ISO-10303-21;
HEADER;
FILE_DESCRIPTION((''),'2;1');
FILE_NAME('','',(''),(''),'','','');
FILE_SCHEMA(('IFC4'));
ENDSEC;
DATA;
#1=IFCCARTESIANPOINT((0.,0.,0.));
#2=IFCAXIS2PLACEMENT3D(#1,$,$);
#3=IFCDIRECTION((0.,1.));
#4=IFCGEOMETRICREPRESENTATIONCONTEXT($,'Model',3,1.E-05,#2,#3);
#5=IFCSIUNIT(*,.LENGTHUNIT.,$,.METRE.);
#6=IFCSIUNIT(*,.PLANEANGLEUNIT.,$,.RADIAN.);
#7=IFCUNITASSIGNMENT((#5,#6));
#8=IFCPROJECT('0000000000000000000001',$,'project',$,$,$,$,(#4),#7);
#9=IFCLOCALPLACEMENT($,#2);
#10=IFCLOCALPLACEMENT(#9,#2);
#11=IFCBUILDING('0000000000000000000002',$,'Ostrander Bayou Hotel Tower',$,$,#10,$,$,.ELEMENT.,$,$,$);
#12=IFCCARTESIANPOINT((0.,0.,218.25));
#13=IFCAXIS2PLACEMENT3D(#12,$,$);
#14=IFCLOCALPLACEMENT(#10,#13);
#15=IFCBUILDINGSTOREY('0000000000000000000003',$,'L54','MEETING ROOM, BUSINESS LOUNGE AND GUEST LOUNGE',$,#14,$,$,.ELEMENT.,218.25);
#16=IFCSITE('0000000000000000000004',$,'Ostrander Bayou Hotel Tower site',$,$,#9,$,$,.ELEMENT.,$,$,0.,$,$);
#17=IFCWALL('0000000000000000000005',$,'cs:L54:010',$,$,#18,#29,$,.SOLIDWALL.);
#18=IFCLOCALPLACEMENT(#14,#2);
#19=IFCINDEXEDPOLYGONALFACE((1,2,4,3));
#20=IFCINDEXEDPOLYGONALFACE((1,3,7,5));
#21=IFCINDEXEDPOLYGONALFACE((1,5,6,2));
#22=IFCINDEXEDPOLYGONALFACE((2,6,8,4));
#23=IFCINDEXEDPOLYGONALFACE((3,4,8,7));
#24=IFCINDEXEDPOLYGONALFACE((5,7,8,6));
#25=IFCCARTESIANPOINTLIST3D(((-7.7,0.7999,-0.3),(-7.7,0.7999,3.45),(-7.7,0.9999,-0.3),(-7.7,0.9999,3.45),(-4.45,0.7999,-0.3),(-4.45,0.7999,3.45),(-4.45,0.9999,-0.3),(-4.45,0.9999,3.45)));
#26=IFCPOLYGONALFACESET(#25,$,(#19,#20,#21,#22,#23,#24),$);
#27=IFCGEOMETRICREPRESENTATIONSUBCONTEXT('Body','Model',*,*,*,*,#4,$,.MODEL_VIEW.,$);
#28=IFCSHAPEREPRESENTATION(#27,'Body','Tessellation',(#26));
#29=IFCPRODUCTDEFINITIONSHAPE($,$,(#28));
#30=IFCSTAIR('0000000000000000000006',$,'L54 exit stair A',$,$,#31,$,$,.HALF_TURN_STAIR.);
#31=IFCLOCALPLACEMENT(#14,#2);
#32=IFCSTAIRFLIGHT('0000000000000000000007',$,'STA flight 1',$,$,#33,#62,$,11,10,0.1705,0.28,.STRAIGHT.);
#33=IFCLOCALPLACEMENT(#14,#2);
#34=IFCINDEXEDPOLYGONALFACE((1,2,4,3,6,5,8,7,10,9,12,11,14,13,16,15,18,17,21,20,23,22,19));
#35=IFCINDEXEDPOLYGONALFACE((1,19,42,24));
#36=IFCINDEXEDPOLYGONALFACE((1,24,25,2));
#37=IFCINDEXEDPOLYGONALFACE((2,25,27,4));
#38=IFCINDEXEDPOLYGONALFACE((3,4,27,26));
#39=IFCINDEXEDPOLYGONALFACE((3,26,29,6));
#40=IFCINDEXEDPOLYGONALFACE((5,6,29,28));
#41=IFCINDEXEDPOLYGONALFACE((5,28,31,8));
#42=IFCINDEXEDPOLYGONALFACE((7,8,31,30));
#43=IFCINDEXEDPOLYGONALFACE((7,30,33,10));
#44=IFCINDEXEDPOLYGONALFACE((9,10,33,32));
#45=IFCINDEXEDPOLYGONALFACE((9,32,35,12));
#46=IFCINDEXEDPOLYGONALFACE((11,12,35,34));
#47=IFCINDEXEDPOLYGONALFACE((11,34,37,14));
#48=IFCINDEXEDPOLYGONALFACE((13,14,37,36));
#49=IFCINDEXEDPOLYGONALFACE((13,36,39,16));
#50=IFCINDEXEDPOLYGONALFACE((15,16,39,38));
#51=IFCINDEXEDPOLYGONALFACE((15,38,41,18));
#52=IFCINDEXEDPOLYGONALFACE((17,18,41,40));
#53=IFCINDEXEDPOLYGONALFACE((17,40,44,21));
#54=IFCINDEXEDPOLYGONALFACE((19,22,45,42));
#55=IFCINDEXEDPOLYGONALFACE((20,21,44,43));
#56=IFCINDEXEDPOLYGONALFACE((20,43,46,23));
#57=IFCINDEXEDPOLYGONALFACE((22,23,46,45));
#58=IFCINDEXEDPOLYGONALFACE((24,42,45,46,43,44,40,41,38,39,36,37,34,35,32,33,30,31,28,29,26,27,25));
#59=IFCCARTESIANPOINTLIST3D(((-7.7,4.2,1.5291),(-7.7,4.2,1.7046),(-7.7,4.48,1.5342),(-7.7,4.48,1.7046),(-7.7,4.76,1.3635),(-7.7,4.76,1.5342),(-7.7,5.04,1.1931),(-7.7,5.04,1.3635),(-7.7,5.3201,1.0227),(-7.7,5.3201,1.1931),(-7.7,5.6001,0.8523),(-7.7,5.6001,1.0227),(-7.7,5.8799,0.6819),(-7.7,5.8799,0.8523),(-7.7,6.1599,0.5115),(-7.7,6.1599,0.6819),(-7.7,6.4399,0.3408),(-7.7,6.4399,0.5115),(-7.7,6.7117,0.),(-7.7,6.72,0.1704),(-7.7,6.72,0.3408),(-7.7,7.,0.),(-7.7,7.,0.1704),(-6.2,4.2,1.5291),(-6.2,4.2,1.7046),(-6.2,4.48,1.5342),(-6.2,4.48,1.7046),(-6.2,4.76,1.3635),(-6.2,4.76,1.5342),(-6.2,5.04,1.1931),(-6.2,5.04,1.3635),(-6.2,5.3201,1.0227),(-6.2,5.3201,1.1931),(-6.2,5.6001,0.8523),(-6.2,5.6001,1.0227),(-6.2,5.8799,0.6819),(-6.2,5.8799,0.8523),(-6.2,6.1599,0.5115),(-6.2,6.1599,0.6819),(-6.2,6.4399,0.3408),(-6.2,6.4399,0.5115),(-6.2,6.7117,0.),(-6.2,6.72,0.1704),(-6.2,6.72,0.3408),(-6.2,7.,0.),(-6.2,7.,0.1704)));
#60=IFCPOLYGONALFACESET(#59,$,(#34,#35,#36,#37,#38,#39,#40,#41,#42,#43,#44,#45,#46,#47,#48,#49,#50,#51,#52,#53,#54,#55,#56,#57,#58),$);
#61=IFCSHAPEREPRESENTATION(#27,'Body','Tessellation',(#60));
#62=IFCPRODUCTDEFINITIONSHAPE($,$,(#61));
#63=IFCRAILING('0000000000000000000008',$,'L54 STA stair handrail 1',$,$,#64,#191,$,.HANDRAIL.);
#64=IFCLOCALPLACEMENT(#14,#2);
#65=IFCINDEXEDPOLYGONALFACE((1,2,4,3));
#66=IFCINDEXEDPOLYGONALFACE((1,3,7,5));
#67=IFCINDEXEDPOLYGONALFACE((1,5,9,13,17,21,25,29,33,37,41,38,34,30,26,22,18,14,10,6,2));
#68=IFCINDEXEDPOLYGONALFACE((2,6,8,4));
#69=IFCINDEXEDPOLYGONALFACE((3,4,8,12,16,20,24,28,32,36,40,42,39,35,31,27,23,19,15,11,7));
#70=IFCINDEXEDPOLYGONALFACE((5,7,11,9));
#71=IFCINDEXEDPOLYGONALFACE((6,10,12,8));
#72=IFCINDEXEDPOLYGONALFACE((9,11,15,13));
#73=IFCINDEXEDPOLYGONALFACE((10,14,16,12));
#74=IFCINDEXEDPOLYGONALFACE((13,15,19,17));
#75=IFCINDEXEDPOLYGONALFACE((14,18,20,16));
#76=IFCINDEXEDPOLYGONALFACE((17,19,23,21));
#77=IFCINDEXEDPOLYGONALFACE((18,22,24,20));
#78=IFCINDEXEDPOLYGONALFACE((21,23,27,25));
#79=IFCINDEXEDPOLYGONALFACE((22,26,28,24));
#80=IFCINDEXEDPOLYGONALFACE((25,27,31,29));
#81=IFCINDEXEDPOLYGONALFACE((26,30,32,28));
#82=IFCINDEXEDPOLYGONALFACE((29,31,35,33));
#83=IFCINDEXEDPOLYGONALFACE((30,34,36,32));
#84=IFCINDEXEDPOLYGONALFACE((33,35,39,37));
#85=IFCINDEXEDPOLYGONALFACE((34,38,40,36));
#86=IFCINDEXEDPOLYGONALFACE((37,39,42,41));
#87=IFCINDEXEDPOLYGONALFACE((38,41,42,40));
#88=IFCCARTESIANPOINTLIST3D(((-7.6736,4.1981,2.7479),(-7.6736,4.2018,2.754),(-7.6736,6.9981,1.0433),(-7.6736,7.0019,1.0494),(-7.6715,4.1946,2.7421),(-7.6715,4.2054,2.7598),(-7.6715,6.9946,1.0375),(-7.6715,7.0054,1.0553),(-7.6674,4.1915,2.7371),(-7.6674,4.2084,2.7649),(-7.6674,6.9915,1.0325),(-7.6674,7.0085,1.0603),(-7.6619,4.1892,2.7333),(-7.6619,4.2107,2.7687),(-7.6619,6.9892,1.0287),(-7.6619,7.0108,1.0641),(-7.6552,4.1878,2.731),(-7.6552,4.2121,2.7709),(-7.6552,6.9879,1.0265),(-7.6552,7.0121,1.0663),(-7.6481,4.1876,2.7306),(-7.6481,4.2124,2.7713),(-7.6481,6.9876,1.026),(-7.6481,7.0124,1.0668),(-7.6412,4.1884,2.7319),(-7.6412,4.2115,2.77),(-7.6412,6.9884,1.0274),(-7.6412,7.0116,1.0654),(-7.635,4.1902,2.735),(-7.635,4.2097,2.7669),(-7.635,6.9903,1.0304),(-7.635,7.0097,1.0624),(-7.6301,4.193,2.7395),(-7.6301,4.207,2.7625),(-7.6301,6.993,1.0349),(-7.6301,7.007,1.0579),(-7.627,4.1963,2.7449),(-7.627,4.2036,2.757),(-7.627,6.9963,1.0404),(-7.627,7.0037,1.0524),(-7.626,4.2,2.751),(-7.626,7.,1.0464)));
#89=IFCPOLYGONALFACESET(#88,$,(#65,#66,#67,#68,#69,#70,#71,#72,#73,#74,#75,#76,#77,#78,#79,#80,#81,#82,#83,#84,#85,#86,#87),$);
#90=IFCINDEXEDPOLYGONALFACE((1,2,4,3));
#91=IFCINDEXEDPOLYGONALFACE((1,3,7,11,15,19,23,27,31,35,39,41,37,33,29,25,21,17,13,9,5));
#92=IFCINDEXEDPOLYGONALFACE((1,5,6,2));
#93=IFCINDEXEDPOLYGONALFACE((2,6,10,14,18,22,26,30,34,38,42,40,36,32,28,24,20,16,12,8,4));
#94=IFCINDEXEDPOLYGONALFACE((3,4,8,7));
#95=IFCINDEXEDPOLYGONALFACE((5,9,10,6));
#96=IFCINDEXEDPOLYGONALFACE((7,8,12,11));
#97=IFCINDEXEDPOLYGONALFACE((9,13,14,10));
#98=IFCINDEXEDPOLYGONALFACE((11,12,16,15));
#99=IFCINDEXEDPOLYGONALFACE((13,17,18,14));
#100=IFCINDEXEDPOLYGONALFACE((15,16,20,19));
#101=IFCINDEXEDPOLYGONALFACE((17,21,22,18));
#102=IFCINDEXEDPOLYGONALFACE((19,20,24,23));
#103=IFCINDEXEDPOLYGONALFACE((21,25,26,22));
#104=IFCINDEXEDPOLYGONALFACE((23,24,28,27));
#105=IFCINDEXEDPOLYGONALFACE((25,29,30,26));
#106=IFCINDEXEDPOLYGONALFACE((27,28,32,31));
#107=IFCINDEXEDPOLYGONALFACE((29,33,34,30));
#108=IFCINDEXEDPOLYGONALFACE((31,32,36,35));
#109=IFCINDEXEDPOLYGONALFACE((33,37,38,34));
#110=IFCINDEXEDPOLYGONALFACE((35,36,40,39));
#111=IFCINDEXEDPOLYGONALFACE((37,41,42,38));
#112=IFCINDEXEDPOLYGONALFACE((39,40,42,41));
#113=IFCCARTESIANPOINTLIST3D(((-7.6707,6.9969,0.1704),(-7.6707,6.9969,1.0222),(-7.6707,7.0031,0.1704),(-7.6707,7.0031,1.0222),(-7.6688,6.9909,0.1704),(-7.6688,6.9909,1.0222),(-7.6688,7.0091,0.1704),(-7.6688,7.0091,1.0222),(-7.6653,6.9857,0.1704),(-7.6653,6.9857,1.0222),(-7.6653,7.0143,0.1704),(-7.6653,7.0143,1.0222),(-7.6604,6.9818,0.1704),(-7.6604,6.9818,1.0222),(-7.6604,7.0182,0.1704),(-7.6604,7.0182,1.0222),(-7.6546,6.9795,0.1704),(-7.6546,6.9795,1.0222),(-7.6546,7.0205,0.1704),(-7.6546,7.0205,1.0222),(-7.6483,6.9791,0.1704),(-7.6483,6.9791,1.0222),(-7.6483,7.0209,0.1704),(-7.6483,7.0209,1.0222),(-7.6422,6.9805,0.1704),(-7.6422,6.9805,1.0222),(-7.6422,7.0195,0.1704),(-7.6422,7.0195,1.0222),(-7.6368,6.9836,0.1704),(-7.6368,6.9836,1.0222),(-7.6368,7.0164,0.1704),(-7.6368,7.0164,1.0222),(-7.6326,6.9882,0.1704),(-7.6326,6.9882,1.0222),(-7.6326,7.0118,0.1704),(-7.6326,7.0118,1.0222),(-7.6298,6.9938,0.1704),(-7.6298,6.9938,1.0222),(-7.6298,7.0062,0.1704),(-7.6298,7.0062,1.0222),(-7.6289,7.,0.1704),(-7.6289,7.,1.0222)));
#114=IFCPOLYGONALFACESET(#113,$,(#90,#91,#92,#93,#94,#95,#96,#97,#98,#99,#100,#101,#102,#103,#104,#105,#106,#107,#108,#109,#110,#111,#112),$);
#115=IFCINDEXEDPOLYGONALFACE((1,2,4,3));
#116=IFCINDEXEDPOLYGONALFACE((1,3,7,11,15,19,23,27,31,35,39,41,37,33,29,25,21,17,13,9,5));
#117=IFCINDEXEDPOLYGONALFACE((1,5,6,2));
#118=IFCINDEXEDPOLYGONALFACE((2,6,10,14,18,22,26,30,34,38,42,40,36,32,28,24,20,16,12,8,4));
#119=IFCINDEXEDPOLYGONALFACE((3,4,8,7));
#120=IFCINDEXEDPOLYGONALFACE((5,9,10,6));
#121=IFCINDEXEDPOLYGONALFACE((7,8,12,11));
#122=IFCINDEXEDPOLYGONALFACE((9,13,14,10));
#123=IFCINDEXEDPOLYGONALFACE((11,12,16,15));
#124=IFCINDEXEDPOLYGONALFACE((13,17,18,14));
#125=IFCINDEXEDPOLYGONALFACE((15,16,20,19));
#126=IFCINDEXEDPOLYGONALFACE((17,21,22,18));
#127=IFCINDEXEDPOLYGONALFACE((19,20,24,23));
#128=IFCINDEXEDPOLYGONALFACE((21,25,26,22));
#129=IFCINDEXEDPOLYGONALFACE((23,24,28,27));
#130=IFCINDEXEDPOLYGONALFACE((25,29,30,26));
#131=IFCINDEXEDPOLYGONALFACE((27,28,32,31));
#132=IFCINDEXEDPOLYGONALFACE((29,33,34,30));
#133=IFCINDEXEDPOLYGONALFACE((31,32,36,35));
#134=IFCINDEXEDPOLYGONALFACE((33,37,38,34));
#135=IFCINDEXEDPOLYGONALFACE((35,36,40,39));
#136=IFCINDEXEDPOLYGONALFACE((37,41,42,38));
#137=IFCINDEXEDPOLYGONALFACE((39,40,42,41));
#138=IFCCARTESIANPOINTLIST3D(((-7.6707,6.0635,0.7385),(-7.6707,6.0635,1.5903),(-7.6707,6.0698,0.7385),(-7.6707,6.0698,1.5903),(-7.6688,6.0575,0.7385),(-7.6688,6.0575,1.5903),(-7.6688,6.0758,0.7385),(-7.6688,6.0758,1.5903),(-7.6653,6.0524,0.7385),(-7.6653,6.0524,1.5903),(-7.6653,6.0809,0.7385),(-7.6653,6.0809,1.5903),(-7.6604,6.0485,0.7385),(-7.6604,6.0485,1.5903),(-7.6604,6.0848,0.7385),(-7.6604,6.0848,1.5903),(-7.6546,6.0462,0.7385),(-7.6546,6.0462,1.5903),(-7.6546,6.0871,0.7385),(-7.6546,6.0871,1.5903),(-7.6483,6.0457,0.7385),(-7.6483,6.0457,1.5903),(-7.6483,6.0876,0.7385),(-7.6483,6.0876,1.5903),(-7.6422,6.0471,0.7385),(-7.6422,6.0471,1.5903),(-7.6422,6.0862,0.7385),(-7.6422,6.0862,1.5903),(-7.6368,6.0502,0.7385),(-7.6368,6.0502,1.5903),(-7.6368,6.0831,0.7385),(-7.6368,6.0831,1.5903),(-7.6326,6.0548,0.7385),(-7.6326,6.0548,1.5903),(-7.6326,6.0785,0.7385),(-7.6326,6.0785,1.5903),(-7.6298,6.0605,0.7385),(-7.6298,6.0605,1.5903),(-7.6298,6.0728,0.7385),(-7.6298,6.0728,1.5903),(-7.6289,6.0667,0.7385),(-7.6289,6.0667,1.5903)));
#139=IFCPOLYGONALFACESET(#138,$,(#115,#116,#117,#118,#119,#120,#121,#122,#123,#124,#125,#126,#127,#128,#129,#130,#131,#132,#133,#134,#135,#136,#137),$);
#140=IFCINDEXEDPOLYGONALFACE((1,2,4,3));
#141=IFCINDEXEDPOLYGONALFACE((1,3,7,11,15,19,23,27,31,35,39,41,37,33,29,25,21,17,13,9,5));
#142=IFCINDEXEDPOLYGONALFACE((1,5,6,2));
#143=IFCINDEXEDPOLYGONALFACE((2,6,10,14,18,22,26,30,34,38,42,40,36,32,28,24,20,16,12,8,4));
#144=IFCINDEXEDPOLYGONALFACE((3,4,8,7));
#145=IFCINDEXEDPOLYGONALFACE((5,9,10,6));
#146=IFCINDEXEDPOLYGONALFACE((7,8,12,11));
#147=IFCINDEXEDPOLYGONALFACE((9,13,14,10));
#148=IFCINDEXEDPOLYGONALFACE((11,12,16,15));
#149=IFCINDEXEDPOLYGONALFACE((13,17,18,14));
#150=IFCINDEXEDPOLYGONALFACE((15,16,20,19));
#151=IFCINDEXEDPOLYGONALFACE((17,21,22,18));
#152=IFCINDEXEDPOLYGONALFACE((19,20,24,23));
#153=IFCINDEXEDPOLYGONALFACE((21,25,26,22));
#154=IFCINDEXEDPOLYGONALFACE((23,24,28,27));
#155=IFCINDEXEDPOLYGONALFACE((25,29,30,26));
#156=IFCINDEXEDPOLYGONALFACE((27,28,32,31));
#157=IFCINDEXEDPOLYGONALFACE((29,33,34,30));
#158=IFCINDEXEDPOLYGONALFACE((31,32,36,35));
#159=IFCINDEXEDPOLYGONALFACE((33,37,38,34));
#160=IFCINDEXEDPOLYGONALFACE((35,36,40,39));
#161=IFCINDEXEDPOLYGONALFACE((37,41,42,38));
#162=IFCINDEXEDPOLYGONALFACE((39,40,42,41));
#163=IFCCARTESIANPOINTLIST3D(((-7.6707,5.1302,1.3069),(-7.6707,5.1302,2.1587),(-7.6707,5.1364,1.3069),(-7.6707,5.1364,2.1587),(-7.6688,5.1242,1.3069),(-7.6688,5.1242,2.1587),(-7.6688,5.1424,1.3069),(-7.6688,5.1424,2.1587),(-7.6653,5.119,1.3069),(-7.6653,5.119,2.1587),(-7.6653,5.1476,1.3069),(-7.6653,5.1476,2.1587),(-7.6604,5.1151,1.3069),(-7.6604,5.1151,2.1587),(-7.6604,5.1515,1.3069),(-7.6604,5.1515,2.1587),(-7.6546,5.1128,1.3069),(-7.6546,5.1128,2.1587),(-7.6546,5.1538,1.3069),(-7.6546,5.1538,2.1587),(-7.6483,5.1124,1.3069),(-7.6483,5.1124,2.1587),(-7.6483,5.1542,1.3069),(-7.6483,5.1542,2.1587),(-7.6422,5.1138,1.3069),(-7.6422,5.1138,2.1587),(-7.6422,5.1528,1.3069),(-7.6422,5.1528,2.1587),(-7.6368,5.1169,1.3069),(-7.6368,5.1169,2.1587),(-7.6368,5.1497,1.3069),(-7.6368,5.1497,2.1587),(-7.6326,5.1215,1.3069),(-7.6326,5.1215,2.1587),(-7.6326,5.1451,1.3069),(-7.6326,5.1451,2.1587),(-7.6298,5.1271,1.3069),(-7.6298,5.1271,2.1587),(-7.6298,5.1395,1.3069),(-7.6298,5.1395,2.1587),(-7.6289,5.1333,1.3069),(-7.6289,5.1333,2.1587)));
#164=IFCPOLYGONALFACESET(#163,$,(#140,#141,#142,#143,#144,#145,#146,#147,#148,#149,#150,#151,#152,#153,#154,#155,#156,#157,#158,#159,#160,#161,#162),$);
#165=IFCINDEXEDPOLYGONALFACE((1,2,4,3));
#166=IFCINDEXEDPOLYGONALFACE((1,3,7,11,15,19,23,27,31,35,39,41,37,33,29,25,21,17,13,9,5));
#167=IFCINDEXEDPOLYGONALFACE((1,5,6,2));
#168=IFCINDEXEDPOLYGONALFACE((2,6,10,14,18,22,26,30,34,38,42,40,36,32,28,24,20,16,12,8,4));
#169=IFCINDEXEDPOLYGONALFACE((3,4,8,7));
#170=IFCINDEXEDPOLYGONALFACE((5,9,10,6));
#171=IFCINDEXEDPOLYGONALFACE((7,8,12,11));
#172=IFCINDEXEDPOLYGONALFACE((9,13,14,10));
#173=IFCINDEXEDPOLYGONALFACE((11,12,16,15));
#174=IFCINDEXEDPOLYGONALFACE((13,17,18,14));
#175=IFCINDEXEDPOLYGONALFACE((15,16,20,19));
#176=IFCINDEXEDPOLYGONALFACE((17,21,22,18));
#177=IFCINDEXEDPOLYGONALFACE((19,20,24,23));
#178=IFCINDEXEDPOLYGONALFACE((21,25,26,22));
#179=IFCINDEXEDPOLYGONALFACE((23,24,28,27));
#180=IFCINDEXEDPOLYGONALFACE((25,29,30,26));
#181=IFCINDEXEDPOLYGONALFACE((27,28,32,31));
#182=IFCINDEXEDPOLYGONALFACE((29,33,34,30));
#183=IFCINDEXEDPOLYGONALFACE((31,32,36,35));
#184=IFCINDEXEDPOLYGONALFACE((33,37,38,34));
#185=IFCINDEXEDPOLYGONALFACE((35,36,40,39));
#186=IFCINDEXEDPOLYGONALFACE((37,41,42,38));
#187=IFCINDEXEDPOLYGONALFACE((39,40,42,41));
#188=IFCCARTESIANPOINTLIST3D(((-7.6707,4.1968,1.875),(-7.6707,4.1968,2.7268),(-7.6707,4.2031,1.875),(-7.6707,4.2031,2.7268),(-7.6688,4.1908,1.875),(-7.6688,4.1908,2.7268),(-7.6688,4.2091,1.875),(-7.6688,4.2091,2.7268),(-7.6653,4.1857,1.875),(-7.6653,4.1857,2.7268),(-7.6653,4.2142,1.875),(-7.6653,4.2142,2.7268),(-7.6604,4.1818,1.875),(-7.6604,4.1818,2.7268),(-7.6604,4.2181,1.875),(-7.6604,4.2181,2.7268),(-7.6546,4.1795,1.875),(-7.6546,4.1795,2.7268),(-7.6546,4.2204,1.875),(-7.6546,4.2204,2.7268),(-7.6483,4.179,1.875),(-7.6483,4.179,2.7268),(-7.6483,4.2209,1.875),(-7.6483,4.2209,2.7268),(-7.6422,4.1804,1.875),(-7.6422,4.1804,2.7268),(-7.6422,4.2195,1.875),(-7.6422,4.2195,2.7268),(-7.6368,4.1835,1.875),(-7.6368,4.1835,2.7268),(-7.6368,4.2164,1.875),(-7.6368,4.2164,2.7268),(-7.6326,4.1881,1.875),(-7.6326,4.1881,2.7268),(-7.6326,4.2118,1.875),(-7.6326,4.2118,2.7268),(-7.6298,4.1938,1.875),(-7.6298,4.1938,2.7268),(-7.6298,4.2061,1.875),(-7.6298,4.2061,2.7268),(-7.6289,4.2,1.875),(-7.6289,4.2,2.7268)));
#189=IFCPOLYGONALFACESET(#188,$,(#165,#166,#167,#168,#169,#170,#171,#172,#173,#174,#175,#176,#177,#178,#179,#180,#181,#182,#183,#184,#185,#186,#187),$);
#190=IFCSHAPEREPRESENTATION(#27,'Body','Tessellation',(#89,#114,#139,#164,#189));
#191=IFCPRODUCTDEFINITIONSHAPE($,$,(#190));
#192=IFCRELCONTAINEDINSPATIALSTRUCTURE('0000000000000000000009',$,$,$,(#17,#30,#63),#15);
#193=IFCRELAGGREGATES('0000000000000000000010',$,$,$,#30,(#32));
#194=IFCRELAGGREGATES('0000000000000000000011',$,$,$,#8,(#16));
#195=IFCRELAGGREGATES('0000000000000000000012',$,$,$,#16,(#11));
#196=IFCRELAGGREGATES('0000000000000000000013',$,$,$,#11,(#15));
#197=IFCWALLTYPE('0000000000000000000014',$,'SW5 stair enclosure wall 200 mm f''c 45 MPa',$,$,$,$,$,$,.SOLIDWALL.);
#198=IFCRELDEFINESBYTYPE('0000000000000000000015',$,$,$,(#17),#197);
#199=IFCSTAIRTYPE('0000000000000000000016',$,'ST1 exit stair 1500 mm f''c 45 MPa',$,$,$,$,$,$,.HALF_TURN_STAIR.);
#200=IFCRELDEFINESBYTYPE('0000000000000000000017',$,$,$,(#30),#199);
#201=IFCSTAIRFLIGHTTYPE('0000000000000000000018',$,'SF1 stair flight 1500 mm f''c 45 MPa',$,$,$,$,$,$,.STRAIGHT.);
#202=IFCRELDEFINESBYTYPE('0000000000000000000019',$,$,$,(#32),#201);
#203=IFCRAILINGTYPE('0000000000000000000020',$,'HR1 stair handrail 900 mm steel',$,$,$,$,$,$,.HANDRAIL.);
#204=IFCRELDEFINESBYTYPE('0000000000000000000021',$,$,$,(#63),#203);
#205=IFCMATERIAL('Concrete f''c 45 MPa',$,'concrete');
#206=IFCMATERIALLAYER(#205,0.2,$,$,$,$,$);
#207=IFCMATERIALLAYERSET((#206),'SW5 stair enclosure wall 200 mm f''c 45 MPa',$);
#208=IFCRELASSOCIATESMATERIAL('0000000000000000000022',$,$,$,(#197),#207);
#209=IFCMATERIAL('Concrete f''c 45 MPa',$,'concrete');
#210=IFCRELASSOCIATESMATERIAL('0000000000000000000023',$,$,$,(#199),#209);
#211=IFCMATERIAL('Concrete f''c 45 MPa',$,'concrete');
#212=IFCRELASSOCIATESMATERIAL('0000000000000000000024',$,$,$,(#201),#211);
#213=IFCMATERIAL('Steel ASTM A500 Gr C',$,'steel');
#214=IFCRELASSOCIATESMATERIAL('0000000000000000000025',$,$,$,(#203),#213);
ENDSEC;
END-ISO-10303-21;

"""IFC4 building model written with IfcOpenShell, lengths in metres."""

from ifc_helpers import new_model, si_unit, direction, frame, frame_2d, origin, origin_2d, place, context, subcontext, project, spatial, polyline, rectangle, circle, outline, extrude, material, layer, layer_set, type_object, element, aggregate, save


model = new_model("IFC4")

# Units and contexts
model_context = context("Model", 3, precision=1e-05, world=origin(), true_north=direction((0.0, 1.0)))
body_context = subcontext(model_context, "Body", "Model", "MODEL_VIEW")
ifc_project = project(units=[si_unit("LENGTHUNIT", "METRE"), si_unit("PLANEANGLEUNIT", "RADIAN")], contexts=[model_context])

# Site, building, storey
site_placement = place(None, origin())
site = spatial("IfcSite", under=ifc_project, at=site_placement, Name="Ostrander Bayou Hotel Tower site", CompositionType="ELEMENT", RefElevation=0.0)
building_placement = place(site_placement, origin())
building = spatial("IfcBuilding", under=site, at=building_placement, Name="Ostrander Bayou Hotel Tower", CompositionType="ELEMENT")
storey_placement = place(building_placement, frame((0.0, 0.0, 218.25)))
storey = spatial("IfcBuildingStorey", under=building, at=storey_placement, Name="L54", Description="MEETING ROOM, BUSINESS LOUNGE AND GUEST LOUNGE", CompositionType="ELEMENT", Elevation=218.25)

# Wall
ifc_material_1 = material(Name="Concrete f'c 45 MPa", Category="concrete")
ifc_layer_1 = layer(ifc_material_1, 0.2)
ifc_layer_set_1 = layer_set([ifc_layer_1], Name="SW5 stair enclosure wall 200 mm f'c 45 MPa")
wall_type_1 = type_object("IfcWallType", Name="SW5 stair enclosure wall 200 mm f'c 45 MPa", PredefinedType="SOLIDWALL", material=ifc_layer_set_1)
wall_1_placement = place(storey_placement, frame((-7.7, 0.8999, -0.3), z_axis=(0.0, 0.0, 1.0), x_axis=(1.0, 0.0, 0.0)))
element("IfcWall", 1, at=wall_1_placement, inside=storey, type_object=wall_type_1, Name="cs:L54:010", PredefinedType="SOLIDWALL", context=body_context, shape_type="SweptSolid", body=[
    extrude(rectangle(XDim=3.25, YDim=0.2, at=frame_2d((1.625, 0.0))), origin(), (0.0, 0.0, 1.0), 3.75),
])

# Stair, stair flight
ifc_material_2 = material(Name="Concrete f'c 45 MPa", Category="concrete")
stair_type = type_object("IfcStairType", Name="ST1 exit stair 1500 mm f'c 45 MPa", PredefinedType="HALF_TURN_STAIR", material=ifc_material_2)
stair_placement = place(storey_placement, origin())
stair = element("IfcStair", 2, at=stair_placement, inside=storey, type_object=stair_type, Name="L54 exit stair A", PredefinedType="HALF_TURN_STAIR")
ifc_material_3 = material(Name="Concrete f'c 45 MPa", Category="concrete")
stair_flight_type = type_object("IfcStairFlightType", Name="SF1 stair flight 1500 mm f'c 45 MPa", PredefinedType="STRAIGHT", material=ifc_material_3)
stair_flight_placement = place(storey_placement, frame((-6.95, 7.0, 0.0), z_axis=(0.0, 0.0, 1.0), x_axis=(0.0, -1.0, 0.0)))
stair_flight = element("IfcStairFlight", 3, at=stair_flight_placement, type_object=stair_flight_type, Name="STA flight 1", NumberOfRisers=11, NumberOfTreads=10, PredefinedType="STRAIGHT", RiserHeight=0.1705, TreadLength=0.28, context=body_context, shape_type="SweptSolid", body=[
    extrude(outline(polyline([(0.0, 0.0), (0.0, 0.1704), (0.28, 0.1704), (0.28, 0.3408), (0.5601, 0.3408), (0.5601, 0.5115), (0.8401, 0.5115), (0.8401, 0.6819), (1.1201, 0.6819), (1.1201, 0.8523), (1.3999, 0.8523), (1.3999, 1.0227), (1.6799, 1.0227), (1.6799, 1.1931), (1.96, 1.1931), (1.96, 1.3635), (2.24, 1.3635), (2.24, 1.5342), (2.52, 1.5342), (2.52, 1.7046), (2.8, 1.7046), (2.8, 1.875), (2.8, 1.5291), (0.2883, 0.0), (0.0, 0.0)])), frame((0.0, 0.75, 0.0), z_axis=(0.0, -1.0, 0.0), x_axis=(1.0, 0.0, 0.0)), (0.0, 0.0, 1.0), 1.5),
])
aggregate(stair, [stair_flight])

# Railing
ifc_material_4 = material(Name="Steel ASTM A500 Gr C", Category="steel")
railing_type = type_object("IfcRailingType", Name="HR1 stair handrail 900 mm steel", PredefinedType="HANDRAIL", material=ifc_material_4)
railing_placement = place(storey_placement, frame((-7.6499, 7.0, 0.1704)))
element("IfcRailing", 4, at=railing_placement, inside=storey, type_object=railing_type, Name="L54 STA stair handrail 1", PredefinedType="HANDRAIL", context=body_context, shape_type="SweptSolid", body=[
    extrude(circle(Radius=0.0239, at=origin_2d()), frame((0.0, 0.0, 0.876), z_axis=(0.0, -0.85417, 0.519994), x_axis=(1.0, 0.0, 0.0)), (0.0, 0.0, 1.0), 3.2781),
    extrude(circle(Radius=0.021, at=origin_2d()), origin(), (0.0, 0.0, 1.0), 0.8518),
    extrude(circle(Radius=0.021, at=origin_2d()), frame((0.0, -0.9333, 0.5681)), (0.0, 0.0, 1.0), 0.8518),
    extrude(circle(Radius=0.021, at=origin_2d()), frame((0.0, -1.8667, 1.1365)), (0.0, 0.0, 1.0), 0.8518),
    extrude(circle(Radius=0.021, at=origin_2d()), frame((0.0, -2.8, 1.7046)), (0.0, 0.0, 1.0), 0.8518),
])

save(model, "model.ifc")
